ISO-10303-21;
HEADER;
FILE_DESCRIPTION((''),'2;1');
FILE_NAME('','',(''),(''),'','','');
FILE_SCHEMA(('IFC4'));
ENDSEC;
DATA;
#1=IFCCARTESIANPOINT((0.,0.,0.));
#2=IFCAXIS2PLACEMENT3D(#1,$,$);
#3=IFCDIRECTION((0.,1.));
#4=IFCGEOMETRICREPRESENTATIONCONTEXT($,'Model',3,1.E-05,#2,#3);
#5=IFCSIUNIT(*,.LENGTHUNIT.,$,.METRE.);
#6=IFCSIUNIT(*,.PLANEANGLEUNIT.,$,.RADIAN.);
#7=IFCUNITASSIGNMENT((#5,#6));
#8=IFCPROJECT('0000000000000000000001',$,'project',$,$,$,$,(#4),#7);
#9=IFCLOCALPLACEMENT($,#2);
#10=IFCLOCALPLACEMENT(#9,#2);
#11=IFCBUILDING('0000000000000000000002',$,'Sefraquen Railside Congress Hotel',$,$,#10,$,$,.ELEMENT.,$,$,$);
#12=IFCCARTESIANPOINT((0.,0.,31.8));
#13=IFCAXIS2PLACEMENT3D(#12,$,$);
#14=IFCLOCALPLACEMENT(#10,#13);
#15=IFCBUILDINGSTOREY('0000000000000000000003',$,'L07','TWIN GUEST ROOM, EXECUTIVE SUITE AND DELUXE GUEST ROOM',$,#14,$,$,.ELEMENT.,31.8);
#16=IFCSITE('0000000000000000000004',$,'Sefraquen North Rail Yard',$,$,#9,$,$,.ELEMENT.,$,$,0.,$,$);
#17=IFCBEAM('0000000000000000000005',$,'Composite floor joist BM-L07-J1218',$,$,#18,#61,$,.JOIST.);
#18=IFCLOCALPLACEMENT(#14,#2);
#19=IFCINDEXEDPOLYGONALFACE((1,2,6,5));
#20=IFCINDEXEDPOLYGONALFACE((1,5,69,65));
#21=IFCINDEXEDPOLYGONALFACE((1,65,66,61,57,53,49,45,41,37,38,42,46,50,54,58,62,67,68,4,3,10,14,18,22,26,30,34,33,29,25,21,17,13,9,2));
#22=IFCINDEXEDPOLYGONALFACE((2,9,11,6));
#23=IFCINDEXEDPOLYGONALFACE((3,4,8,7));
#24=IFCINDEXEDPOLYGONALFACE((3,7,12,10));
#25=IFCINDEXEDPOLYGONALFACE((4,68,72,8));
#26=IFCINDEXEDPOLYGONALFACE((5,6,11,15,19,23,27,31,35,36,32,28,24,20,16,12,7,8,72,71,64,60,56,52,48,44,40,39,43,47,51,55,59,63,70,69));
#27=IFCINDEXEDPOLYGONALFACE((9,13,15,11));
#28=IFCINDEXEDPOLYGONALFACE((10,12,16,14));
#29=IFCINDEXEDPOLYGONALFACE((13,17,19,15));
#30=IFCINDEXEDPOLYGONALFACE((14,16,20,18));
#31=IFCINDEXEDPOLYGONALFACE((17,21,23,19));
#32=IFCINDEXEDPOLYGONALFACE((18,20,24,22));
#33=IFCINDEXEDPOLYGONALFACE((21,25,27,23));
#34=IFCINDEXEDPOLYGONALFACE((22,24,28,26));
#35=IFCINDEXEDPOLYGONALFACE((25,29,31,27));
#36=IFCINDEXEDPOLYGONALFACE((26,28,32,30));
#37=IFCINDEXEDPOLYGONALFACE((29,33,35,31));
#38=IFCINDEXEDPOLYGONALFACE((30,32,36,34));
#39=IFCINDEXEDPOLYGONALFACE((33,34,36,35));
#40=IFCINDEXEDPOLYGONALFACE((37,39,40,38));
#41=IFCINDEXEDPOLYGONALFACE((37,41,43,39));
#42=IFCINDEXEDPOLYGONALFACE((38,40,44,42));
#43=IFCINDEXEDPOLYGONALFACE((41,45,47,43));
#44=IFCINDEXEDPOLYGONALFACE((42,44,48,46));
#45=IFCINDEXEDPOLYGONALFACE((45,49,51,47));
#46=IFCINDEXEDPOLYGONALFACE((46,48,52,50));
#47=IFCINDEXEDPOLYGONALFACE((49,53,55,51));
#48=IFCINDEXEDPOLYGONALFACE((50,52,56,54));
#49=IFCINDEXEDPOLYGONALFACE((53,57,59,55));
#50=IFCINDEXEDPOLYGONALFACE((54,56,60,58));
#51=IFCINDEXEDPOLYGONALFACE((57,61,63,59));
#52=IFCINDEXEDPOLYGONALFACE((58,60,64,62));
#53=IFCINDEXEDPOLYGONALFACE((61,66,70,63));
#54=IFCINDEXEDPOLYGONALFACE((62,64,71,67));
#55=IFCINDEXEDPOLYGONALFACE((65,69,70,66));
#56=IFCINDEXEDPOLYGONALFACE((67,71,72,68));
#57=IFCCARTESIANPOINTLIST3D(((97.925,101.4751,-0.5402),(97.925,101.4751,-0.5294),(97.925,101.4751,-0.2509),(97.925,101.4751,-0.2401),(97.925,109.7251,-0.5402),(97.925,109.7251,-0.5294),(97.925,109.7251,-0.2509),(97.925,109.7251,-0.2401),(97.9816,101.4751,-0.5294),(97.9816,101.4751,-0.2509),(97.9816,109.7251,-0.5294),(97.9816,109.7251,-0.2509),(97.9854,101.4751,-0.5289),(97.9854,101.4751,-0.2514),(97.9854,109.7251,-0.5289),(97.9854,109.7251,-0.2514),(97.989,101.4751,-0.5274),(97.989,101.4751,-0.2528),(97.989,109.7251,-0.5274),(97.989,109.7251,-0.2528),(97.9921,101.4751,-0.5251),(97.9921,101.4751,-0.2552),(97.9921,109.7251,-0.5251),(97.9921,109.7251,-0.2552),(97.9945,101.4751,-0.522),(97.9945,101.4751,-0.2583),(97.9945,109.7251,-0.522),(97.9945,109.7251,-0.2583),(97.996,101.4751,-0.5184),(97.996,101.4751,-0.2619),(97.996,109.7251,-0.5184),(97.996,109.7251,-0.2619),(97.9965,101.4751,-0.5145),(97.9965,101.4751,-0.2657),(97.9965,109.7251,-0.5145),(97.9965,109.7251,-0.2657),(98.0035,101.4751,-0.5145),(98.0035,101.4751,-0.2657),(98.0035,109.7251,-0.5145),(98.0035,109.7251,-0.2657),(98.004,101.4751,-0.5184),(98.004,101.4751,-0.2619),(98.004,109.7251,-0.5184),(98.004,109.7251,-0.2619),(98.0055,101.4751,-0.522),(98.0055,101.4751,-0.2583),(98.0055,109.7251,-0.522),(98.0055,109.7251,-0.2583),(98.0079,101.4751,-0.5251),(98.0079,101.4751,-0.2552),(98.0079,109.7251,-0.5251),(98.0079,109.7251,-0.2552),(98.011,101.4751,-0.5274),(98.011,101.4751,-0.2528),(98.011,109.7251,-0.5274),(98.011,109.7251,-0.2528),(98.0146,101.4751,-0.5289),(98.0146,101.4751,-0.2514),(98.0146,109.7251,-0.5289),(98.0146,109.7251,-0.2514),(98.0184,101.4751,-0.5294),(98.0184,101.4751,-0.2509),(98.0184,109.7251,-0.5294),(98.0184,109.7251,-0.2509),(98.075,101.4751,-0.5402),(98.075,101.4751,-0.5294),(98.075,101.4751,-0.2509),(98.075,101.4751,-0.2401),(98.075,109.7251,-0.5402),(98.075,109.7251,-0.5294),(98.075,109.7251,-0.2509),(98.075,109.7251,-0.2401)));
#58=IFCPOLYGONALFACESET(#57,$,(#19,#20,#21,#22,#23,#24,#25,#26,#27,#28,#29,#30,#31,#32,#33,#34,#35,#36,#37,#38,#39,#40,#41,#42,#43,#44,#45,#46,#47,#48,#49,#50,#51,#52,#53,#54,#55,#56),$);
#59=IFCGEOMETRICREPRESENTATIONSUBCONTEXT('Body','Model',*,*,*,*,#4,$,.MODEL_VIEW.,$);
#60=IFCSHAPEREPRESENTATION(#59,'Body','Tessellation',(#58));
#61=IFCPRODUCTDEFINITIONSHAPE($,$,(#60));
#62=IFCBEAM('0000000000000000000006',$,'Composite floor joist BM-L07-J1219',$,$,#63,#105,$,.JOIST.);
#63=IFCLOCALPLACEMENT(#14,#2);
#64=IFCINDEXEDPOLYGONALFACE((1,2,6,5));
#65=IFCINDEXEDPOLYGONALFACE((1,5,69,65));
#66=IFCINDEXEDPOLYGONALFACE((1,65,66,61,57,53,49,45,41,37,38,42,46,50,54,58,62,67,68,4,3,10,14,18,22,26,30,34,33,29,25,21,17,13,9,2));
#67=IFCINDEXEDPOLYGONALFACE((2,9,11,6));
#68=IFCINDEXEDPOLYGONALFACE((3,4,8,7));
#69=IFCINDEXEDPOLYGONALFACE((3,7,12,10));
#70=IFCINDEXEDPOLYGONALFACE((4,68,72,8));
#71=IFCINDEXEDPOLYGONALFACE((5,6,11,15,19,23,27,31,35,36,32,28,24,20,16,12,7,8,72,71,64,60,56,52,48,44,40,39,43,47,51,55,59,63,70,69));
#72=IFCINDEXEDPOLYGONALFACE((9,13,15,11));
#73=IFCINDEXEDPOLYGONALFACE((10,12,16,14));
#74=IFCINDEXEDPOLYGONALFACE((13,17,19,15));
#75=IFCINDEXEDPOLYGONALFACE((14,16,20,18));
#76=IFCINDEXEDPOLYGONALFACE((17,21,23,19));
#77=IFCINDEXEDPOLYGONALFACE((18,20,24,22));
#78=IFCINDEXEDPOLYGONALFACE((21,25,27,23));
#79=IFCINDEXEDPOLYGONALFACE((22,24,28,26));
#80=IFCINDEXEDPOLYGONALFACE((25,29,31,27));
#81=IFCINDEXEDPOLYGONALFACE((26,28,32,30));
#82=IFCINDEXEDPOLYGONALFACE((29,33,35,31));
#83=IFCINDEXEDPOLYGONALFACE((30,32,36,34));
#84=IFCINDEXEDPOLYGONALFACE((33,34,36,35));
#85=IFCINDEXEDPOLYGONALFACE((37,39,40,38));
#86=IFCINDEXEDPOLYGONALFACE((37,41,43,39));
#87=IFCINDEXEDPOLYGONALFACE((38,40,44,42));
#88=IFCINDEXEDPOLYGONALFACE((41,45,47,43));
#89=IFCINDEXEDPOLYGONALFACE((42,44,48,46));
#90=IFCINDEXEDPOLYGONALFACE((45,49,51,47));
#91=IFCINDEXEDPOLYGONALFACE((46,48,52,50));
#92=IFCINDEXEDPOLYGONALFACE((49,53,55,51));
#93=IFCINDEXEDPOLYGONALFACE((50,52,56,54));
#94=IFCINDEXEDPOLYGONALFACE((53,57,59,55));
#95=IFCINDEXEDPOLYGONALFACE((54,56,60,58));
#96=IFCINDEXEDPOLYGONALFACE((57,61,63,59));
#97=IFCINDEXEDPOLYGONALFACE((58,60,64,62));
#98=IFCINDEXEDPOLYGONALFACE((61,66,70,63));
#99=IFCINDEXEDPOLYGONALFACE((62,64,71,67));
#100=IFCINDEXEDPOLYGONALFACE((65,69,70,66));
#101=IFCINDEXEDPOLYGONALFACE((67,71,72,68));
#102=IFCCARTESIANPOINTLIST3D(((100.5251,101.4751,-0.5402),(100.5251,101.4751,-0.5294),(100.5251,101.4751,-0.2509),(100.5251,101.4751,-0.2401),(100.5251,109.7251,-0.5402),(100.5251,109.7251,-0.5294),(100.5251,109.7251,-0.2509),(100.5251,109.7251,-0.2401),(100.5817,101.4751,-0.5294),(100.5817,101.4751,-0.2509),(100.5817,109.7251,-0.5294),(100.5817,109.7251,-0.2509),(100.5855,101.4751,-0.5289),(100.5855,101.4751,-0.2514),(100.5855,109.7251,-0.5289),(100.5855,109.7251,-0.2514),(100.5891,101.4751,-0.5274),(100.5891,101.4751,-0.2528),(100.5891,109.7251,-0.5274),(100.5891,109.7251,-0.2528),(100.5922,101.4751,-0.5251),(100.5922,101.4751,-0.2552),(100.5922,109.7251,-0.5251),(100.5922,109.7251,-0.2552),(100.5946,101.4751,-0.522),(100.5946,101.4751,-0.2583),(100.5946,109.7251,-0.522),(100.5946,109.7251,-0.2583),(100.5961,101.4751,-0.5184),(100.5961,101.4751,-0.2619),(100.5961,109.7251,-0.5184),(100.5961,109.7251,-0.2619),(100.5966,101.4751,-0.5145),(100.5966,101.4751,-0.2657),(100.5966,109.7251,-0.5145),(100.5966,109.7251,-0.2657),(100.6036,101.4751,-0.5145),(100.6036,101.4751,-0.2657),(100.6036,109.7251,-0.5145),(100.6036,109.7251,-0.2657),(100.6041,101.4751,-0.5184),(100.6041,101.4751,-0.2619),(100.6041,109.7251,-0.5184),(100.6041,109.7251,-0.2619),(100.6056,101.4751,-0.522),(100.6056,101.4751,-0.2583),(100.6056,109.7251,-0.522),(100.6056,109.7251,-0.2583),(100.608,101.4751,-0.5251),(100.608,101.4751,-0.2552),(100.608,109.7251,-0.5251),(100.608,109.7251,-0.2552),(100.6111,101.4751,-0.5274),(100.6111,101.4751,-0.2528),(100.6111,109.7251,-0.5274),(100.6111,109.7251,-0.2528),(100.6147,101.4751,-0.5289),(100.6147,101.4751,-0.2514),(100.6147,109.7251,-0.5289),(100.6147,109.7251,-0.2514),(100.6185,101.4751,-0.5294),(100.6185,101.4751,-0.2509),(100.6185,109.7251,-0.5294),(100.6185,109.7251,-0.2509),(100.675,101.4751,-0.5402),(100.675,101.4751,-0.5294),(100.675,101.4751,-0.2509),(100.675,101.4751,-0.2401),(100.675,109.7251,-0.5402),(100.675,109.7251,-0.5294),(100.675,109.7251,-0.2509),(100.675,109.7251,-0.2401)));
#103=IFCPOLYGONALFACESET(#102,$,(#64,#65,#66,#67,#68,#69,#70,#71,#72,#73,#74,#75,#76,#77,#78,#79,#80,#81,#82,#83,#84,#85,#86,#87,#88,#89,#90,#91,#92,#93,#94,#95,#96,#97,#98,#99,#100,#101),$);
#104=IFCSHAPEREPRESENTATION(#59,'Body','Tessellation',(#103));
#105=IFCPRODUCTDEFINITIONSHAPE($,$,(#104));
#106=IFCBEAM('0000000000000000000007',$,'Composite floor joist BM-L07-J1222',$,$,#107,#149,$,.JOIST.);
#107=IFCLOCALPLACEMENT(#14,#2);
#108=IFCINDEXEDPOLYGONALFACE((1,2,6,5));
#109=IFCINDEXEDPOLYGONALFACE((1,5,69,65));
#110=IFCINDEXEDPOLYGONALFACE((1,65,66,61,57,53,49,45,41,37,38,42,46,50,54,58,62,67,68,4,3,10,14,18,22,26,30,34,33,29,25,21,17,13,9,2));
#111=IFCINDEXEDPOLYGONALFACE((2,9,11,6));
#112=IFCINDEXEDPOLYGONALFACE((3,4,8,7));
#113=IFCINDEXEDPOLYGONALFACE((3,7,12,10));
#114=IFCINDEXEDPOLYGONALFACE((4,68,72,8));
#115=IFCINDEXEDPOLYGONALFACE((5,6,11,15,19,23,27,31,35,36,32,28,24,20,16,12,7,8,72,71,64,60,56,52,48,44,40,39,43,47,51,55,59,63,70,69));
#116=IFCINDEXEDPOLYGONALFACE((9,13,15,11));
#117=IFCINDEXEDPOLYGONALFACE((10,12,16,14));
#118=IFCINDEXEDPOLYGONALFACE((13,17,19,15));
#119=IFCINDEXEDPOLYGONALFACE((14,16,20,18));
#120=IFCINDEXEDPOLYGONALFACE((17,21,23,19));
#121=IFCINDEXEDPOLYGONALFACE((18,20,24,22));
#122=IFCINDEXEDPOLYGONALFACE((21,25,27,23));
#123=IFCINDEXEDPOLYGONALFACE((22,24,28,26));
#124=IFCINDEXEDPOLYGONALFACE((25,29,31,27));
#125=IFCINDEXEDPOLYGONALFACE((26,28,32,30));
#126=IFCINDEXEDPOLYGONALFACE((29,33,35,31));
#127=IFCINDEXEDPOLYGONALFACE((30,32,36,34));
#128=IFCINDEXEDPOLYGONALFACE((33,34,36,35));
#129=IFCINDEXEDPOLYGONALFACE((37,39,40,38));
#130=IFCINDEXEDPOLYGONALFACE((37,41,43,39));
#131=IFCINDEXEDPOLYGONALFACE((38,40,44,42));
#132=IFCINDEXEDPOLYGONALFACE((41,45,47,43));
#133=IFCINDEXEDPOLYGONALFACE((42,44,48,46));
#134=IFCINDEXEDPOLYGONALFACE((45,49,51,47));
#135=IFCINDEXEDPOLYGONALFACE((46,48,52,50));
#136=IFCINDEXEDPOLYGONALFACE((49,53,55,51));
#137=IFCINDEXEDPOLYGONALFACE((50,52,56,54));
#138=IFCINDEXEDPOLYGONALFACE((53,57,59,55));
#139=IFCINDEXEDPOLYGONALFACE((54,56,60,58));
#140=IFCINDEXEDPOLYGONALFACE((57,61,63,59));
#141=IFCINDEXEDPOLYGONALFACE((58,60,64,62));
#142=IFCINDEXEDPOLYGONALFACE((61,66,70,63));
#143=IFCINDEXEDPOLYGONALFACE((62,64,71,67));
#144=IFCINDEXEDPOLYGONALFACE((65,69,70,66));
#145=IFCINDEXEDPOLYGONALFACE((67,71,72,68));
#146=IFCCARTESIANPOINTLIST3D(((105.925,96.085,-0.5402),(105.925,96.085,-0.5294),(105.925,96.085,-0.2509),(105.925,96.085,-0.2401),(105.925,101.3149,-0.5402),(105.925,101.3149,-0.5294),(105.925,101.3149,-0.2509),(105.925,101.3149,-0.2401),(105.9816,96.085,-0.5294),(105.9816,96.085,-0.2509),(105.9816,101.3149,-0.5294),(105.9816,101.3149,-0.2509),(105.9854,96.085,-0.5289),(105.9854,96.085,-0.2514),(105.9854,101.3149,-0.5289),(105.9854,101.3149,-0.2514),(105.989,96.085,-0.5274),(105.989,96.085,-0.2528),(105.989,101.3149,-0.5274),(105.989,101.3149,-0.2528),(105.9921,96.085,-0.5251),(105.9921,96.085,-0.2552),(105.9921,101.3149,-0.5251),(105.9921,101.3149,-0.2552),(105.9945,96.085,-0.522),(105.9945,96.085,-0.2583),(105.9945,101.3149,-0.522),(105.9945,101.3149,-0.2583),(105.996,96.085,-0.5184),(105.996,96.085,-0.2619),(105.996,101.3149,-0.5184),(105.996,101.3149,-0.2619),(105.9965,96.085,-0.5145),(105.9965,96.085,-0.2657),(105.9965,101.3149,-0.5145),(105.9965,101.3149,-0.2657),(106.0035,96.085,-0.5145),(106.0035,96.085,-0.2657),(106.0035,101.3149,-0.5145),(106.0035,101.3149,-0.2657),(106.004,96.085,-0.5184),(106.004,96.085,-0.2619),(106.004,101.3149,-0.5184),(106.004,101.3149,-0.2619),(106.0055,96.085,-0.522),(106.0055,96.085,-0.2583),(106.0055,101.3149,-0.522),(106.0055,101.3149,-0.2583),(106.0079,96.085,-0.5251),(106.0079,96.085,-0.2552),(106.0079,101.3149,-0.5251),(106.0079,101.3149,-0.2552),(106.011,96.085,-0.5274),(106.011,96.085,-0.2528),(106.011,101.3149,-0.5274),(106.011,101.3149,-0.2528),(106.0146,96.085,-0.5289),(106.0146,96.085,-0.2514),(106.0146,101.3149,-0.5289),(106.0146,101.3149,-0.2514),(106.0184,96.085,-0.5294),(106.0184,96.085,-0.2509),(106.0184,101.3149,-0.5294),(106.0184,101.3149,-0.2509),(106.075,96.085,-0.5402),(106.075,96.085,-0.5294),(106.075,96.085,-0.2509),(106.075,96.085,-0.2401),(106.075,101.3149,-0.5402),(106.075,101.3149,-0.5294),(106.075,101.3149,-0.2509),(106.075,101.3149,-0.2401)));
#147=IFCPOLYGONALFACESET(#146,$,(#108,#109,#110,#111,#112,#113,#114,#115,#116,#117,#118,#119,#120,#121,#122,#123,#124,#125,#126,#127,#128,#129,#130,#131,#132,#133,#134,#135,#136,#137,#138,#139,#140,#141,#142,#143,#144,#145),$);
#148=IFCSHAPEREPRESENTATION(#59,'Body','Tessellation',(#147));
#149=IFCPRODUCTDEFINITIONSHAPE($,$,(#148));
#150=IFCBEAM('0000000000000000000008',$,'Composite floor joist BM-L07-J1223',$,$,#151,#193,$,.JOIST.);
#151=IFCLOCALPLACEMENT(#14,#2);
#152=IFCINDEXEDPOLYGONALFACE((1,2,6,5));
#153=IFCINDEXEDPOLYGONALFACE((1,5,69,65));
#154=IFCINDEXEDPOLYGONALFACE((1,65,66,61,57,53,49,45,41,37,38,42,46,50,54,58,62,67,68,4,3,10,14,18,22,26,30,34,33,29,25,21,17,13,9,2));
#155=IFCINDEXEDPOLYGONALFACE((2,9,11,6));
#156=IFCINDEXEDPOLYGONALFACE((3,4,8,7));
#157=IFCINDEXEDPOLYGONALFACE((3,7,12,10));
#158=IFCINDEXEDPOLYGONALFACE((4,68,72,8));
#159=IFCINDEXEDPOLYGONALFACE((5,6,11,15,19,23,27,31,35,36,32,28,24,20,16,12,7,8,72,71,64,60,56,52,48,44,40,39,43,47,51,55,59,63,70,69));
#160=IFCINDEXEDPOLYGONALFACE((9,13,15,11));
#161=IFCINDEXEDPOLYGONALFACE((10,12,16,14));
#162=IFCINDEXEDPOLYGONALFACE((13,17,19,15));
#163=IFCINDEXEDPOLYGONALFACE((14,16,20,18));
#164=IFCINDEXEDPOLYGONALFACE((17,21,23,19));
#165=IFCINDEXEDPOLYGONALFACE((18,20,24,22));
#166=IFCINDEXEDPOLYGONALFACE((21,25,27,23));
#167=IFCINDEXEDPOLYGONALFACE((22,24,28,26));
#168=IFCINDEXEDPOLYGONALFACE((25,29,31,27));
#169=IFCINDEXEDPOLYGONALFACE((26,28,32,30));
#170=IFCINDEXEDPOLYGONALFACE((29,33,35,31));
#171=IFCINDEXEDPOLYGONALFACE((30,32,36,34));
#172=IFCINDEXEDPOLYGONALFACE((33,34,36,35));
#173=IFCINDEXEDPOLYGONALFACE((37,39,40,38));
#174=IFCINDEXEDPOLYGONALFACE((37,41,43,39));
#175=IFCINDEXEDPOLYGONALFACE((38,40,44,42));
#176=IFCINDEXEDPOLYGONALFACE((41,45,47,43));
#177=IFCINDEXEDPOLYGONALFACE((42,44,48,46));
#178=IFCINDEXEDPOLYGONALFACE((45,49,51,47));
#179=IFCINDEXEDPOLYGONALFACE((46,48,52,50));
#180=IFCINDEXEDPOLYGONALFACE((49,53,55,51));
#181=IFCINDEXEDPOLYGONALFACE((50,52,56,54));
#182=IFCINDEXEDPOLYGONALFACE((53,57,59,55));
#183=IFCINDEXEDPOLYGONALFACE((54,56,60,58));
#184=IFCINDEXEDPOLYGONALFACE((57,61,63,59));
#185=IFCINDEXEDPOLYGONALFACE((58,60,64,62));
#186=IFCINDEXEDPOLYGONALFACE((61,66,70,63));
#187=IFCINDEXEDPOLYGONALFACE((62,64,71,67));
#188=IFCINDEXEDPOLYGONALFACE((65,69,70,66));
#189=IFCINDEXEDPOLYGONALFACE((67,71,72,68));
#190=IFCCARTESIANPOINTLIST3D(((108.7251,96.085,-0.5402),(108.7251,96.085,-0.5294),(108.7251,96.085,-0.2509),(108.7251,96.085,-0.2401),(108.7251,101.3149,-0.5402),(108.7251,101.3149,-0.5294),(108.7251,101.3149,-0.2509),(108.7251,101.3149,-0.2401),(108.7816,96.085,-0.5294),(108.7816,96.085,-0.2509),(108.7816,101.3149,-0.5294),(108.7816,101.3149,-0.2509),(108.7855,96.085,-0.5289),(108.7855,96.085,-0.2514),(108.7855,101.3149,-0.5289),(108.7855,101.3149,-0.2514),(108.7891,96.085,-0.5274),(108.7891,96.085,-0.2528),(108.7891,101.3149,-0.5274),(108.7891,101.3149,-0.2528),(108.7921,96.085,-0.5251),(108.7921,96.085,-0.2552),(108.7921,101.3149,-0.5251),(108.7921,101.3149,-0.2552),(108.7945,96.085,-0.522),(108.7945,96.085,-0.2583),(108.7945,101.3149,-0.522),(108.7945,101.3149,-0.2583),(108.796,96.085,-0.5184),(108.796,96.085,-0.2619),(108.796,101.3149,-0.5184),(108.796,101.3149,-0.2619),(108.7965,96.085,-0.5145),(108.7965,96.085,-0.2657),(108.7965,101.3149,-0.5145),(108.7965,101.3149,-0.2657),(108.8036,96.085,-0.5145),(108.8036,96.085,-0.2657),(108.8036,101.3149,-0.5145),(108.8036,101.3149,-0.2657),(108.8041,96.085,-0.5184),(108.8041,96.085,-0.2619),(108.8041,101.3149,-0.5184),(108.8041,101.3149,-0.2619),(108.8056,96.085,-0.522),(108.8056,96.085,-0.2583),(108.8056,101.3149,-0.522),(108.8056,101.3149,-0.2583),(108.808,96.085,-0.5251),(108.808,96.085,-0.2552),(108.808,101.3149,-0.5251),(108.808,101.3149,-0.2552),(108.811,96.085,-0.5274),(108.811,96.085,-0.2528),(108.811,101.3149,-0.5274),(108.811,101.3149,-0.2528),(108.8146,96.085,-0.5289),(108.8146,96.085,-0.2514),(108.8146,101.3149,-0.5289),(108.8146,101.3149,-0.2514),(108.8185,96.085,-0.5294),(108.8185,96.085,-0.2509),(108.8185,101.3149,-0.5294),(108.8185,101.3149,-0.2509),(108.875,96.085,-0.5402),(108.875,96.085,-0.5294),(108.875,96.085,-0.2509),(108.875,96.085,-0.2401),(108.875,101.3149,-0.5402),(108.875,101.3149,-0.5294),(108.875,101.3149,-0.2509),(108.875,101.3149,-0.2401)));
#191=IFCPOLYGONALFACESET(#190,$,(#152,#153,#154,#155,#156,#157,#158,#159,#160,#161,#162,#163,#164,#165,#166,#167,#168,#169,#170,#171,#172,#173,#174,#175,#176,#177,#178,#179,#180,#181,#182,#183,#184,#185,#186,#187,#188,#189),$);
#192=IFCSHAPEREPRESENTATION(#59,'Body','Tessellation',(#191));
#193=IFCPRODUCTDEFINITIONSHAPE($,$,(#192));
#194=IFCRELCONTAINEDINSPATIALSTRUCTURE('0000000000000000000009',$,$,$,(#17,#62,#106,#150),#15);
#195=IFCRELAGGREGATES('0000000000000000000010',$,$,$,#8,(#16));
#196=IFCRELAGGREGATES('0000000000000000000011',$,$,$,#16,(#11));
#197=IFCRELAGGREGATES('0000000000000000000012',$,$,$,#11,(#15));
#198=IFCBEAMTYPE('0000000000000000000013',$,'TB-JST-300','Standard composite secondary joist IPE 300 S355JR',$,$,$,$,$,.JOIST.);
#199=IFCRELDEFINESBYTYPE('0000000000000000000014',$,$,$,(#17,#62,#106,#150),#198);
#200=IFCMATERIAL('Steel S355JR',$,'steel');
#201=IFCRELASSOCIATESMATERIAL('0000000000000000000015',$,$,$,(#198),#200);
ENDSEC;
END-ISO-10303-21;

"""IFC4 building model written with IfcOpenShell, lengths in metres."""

from ifc_helpers import new_model, si_unit, direction, frame, origin, origin_2d, place, context, subcontext, project, spatial, i_section, extrude, material, material_profile, profile_set, type_object, element, save


model = new_model("IFC4")

# Units and contexts
model_context = context("Model", 3, precision=1e-05, world=origin(), true_north=direction((0.0, 1.0)))
body_context = subcontext(model_context, "Body", "Model", "MODEL_VIEW")
ifc_project = project(units=[si_unit("LENGTHUNIT", "METRE"), si_unit("PLANEANGLEUNIT", "RADIAN")], contexts=[model_context])

# Site, building, storey
site_placement = place(None, origin())
site = spatial("IfcSite", under=ifc_project, at=site_placement, Name="Sefraquen North Rail Yard", CompositionType="ELEMENT", RefElevation=0.0)
building_placement = place(site_placement, origin())
building = spatial("IfcBuilding", under=site, at=building_placement, Name="Sefraquen Railside Congress Hotel", CompositionType="ELEMENT")
storey_placement = place(building_placement, frame((0.0, 0.0, 31.8)))
storey = spatial("IfcBuildingStorey", under=building, at=storey_placement, Name="L07", Description="TWIN GUEST ROOM, EXECUTIVE SUITE AND DELUXE GUEST ROOM", CompositionType="ELEMENT", Elevation=31.8)

# Shared definitions
ifc_material_1 = material(Name="Steel S355JR", Category="steel")

# Beams
ifc_material_profile_1 = material_profile(ifc_material_1, i_section(OverallWidth=0.1499, OverallDepth=0.3, WebThickness=0.0071, FlangeThickness=0.0107, FilletRadius=0.0149, at=origin_2d()), Name="IPE 300")
ifc_profile_set_1 = profile_set([ifc_material_profile_1], Name="Steel S355JR")
beam_type_1 = type_object("IfcBeamType", Name="TB-JST-300", Description="Standard composite secondary joist IPE 300 S355JR", PredefinedType="JOIST", material=ifc_profile_set_1)
for number, where, z_axis, x_axis, name in (
    (1, (98.0, 101.4751, -0.3901), (0.0, 1.0, 0.0), (-1.0, 0.0, 0.0), "Composite floor joist BM-L07-J1218"),
    (2, (100.6001, 101.4751, -0.3901), (0.0, 1.0, 0.0), (-1.0, 0.0, 0.0), "Composite floor joist BM-L07-J1219"),
):
    element("IfcBeam", number, at=place(storey_placement, frame(where, z_axis=z_axis, x_axis=x_axis)), inside=storey, type_object=beam_type_1, Name=name, PredefinedType="JOIST", context=body_context, shape_type="SweptSolid", body=[
        extrude(i_section(OverallWidth=0.1499, OverallDepth=0.3, WebThickness=0.0071, FlangeThickness=0.0107, FilletRadius=0.0149, at=origin_2d()), origin(), (0.0, 0.0, 1.0), 8.25),
    ])
for number, where, z_axis, x_axis, name in (
    (3, (106.0, 96.085, -0.3901), (0.0, 1.0, 0.0), (-1.0, 0.0, 0.0), "Composite floor joist BM-L07-J1222"),
    (4, (108.8, 96.085, -0.3901), (0.0, 1.0, 0.0), (-1.0, 0.0, 0.0), "Composite floor joist BM-L07-J1223"),
):
    element("IfcBeam", number, at=place(storey_placement, frame(where, z_axis=z_axis, x_axis=x_axis)), inside=storey, type_object=beam_type_1, Name=name, PredefinedType="JOIST", context=body_context, shape_type="SweptSolid", body=[
        extrude(i_section(OverallWidth=0.1499, OverallDepth=0.3, WebThickness=0.0071, FlangeThickness=0.0107, FilletRadius=0.0149, at=origin_2d()), origin(), (0.0, 0.0, 1.0), 5.23),
    ])

save(model, "model.ifc")
